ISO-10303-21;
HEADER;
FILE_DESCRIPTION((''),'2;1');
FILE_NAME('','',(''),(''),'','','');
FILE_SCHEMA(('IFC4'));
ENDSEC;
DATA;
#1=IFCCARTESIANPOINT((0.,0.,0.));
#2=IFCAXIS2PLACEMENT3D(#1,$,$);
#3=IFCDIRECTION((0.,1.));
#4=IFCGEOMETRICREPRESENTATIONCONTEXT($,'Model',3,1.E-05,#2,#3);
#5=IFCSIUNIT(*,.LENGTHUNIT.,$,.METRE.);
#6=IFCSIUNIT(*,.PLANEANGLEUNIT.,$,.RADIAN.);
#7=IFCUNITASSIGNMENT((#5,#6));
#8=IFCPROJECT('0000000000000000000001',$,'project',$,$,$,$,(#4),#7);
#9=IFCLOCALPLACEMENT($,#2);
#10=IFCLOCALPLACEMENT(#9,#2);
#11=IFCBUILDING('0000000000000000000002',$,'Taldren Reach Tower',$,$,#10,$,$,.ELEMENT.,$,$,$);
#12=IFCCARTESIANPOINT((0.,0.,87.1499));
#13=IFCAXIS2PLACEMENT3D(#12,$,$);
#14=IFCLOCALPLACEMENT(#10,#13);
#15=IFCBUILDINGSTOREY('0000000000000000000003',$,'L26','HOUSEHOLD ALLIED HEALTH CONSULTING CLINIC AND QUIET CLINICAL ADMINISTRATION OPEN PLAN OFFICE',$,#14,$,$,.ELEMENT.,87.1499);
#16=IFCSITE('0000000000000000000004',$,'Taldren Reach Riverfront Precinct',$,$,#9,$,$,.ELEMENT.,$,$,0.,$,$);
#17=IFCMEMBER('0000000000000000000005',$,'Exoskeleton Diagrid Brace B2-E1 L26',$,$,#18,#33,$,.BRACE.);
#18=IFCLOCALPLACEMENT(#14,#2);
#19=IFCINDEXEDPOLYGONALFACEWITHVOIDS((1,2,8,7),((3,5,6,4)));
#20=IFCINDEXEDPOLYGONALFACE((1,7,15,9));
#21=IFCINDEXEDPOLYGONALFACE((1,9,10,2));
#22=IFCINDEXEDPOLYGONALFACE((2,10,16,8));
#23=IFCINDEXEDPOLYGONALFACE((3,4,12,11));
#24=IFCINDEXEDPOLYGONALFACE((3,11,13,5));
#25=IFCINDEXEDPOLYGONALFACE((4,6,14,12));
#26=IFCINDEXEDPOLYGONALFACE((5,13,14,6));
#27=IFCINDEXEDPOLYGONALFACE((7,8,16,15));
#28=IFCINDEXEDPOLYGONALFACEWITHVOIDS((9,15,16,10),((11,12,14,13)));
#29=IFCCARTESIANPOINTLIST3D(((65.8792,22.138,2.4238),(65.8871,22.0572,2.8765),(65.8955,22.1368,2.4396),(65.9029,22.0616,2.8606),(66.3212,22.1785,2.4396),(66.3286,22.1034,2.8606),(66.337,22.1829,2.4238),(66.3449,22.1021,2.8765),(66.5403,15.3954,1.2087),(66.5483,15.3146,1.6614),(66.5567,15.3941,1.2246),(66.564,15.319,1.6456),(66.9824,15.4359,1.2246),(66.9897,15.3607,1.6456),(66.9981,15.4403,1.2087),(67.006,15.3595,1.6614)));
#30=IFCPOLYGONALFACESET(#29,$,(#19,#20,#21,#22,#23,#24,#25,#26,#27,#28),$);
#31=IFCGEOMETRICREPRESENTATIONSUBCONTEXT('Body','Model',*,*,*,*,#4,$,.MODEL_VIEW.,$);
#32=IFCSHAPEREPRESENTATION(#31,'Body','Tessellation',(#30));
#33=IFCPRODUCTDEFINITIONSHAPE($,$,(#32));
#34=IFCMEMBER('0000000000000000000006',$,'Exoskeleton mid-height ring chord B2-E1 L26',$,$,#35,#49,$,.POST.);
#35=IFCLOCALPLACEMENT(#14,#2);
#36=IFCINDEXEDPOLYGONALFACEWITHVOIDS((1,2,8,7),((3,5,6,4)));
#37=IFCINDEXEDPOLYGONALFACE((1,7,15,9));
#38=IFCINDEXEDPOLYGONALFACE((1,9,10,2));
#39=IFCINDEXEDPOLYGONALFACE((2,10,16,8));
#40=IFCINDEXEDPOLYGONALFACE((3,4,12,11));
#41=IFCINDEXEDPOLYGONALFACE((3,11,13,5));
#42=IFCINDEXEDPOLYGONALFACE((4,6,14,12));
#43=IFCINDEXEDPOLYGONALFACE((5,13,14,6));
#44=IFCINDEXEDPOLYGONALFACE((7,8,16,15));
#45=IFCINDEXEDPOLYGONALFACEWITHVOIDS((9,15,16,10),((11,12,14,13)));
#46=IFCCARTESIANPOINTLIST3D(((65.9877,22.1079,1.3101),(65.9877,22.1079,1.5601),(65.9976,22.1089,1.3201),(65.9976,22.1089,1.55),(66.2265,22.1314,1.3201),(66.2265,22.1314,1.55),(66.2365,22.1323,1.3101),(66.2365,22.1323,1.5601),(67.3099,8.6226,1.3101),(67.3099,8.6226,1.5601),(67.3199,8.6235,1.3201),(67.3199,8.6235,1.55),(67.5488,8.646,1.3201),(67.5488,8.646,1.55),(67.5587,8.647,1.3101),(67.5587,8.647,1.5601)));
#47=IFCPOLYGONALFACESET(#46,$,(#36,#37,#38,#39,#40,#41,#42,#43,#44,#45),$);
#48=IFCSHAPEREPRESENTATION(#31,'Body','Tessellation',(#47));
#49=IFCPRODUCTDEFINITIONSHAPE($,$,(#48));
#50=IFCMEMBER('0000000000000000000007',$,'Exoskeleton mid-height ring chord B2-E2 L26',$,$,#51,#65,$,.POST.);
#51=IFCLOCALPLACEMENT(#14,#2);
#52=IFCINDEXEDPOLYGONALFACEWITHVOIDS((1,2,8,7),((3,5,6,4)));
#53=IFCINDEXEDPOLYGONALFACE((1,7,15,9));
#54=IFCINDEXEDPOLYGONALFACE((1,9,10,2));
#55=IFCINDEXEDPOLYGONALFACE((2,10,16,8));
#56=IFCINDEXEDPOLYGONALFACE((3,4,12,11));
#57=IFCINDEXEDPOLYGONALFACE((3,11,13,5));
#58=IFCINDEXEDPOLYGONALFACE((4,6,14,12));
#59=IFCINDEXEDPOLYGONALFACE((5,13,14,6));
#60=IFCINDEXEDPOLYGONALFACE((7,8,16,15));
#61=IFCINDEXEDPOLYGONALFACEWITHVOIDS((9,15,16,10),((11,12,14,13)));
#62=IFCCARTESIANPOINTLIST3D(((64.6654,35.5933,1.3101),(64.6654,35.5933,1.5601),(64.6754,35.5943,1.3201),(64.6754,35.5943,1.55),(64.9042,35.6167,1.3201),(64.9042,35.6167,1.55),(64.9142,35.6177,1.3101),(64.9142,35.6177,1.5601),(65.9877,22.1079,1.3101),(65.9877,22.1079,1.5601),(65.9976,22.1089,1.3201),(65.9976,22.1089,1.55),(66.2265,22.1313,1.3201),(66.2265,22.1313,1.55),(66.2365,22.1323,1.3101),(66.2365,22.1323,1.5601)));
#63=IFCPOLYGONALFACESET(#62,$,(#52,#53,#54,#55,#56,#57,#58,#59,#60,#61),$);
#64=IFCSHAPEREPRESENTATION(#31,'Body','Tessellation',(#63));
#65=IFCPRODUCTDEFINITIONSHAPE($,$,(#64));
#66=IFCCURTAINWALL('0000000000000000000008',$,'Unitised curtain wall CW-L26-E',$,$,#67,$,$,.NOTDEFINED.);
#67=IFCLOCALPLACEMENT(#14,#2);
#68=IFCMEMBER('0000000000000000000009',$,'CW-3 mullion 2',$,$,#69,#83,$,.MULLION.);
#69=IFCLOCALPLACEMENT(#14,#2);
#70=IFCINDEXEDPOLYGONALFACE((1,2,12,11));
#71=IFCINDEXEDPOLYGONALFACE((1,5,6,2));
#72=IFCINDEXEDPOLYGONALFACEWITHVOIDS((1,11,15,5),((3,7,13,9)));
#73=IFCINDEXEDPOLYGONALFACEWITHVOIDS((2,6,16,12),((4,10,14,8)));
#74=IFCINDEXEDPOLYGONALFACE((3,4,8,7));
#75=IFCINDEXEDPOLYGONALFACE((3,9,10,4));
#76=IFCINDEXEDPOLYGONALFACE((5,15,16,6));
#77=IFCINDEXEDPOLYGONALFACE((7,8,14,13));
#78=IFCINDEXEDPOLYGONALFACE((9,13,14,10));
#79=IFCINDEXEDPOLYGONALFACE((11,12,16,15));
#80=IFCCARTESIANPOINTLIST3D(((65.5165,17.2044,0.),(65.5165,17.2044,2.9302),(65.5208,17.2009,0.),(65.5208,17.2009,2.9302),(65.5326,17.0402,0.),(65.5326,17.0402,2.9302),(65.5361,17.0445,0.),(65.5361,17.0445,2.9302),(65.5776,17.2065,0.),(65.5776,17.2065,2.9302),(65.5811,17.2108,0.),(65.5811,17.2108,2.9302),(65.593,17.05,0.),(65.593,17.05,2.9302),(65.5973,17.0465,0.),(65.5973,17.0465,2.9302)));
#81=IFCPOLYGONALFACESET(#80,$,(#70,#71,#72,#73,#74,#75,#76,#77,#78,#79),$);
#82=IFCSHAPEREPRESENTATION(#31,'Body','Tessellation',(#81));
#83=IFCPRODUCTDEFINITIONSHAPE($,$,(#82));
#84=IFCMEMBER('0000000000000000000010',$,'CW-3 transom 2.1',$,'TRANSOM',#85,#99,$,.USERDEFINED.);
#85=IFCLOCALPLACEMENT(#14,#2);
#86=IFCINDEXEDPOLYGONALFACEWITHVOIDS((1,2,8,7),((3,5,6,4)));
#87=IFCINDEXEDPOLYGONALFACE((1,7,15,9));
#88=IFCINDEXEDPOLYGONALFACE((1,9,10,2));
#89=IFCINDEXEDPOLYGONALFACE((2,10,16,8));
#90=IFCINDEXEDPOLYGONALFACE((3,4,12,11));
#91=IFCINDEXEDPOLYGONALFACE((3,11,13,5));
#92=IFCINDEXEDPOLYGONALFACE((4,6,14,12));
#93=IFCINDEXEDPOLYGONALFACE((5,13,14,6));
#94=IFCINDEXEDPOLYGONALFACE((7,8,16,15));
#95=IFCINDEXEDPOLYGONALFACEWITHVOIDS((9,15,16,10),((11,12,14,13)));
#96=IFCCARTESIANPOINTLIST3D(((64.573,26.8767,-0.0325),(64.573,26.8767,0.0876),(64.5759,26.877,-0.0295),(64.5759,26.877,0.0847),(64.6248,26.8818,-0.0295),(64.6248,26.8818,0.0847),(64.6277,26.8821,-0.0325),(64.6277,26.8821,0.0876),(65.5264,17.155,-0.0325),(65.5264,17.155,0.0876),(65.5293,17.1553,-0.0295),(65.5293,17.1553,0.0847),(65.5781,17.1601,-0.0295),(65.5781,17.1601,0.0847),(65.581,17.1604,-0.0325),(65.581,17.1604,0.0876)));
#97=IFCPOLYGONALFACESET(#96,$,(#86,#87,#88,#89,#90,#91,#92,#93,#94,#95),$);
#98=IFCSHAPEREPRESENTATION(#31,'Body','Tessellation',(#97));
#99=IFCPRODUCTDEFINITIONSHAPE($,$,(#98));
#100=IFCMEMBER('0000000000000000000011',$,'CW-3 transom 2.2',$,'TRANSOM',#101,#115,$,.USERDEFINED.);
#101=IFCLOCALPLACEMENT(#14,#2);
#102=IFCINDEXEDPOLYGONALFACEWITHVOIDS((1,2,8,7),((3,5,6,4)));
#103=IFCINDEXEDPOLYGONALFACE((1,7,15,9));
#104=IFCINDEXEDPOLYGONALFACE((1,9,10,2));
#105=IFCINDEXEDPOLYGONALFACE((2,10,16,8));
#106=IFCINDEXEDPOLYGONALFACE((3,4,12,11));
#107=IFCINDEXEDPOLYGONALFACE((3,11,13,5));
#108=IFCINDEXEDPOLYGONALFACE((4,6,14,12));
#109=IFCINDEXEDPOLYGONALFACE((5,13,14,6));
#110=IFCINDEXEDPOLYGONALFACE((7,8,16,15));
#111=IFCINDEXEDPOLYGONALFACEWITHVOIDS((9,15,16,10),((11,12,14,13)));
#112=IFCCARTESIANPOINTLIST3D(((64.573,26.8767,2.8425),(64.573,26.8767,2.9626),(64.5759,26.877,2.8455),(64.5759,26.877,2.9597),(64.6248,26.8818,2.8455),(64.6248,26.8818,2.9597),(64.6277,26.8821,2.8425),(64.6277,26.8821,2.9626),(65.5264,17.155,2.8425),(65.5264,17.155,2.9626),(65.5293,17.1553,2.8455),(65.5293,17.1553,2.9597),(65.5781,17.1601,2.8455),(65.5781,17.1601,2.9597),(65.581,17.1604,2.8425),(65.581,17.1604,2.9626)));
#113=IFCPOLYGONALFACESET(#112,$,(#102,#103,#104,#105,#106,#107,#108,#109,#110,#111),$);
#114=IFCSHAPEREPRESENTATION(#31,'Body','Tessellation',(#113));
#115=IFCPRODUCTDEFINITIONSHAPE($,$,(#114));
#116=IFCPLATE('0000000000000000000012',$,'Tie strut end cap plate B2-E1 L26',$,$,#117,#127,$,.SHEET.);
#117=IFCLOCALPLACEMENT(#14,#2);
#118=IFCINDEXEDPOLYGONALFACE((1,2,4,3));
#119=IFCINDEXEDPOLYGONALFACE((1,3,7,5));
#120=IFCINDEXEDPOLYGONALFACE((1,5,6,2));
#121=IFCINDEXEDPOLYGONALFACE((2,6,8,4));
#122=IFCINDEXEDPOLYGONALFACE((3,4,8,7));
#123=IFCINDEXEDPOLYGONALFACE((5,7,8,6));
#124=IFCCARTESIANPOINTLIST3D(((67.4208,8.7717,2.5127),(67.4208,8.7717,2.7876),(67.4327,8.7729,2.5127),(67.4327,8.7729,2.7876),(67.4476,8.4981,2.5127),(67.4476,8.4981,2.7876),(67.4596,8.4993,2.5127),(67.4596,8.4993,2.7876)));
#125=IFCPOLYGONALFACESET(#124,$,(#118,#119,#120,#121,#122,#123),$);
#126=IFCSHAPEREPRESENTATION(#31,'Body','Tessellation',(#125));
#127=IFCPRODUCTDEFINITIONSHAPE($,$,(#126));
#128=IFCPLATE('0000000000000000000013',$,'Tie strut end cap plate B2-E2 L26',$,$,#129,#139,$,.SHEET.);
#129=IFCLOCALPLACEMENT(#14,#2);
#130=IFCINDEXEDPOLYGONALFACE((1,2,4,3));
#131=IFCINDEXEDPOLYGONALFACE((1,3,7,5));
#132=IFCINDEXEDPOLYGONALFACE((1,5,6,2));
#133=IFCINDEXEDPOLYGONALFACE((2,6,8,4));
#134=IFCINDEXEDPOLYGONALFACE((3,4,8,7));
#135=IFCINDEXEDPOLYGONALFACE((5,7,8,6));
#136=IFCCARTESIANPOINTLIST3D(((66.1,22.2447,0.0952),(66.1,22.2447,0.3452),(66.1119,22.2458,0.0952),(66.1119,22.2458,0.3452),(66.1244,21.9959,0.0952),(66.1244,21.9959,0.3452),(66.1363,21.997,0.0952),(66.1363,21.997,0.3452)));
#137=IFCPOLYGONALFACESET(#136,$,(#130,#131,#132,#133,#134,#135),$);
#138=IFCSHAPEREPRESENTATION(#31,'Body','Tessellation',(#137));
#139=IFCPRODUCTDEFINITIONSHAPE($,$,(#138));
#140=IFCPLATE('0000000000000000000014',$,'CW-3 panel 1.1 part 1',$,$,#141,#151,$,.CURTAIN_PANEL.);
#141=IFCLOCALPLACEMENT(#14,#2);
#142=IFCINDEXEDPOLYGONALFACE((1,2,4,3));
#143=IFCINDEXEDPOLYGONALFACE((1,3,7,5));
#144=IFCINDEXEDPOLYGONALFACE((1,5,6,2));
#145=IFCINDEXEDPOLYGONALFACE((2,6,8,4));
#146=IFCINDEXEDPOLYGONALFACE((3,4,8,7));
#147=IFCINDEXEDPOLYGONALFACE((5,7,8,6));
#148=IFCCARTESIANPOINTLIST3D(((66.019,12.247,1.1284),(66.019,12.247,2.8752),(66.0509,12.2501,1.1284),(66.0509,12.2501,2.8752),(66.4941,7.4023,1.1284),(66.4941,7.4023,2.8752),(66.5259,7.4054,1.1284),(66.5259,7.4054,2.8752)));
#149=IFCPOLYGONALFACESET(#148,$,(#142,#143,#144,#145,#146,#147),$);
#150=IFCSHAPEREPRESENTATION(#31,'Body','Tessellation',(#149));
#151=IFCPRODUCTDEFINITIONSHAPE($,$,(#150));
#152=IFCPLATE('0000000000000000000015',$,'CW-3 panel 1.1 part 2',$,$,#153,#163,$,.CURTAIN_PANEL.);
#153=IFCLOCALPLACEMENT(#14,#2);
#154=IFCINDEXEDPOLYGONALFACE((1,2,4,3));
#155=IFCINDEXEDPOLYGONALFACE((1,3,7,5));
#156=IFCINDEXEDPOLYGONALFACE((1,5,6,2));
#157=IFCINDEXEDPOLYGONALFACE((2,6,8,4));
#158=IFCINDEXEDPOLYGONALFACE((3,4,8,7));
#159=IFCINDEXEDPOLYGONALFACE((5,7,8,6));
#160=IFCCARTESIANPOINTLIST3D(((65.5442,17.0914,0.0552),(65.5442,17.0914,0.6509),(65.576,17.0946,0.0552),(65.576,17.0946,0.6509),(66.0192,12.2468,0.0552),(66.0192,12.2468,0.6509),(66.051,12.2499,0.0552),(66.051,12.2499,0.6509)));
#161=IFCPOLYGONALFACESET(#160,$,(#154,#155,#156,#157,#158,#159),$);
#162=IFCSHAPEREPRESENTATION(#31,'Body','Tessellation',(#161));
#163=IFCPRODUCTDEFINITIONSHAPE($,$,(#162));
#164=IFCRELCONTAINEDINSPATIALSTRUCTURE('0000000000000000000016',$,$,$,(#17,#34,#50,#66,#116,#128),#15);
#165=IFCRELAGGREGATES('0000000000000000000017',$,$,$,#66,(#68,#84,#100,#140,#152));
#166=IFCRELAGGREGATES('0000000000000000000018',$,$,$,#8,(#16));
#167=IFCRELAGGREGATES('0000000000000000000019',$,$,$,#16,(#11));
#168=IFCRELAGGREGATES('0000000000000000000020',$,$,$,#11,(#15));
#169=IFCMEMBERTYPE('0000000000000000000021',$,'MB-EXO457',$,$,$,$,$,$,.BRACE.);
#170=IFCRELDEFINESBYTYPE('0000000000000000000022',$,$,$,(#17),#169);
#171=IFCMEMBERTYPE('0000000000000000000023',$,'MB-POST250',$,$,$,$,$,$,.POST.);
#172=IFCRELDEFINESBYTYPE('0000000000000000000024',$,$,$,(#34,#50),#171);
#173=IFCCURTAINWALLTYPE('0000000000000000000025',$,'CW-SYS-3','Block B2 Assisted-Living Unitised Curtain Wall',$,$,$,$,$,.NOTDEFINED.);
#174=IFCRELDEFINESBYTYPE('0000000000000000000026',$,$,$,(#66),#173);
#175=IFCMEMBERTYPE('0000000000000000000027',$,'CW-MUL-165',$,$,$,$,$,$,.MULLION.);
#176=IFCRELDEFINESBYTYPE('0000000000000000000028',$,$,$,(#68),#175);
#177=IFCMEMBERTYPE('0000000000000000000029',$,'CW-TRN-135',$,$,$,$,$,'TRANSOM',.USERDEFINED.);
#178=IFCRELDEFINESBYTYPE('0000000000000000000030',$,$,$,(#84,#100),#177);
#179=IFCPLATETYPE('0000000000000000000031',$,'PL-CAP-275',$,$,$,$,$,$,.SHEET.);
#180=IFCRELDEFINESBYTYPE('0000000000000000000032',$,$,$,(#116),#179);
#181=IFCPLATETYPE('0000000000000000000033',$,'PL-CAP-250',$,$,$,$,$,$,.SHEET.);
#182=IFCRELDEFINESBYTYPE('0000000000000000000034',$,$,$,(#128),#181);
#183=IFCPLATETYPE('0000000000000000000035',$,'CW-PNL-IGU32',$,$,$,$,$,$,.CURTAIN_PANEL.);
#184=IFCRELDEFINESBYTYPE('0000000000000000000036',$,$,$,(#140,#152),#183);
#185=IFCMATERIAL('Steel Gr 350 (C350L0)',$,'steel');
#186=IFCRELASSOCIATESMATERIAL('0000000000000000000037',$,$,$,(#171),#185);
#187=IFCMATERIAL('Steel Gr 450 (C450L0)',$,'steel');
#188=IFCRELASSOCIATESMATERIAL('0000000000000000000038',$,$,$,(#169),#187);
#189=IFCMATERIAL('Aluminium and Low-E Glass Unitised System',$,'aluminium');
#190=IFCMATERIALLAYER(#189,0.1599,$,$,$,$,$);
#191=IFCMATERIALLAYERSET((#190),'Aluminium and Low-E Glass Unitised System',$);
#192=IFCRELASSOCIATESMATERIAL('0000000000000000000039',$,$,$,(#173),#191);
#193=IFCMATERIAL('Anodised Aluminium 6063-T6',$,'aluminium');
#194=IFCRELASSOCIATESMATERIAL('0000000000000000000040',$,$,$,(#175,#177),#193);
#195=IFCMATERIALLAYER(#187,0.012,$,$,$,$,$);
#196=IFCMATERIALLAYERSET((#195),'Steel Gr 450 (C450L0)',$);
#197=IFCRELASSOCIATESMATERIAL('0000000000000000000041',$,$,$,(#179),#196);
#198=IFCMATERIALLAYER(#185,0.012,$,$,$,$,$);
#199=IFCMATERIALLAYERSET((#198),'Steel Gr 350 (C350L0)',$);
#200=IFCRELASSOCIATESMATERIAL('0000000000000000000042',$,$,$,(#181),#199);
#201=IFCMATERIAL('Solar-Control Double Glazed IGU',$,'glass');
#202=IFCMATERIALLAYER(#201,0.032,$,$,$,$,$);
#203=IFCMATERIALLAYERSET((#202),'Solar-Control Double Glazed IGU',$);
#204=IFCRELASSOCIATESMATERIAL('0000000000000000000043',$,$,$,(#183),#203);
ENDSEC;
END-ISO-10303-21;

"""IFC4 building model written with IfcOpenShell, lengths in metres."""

from ifc_helpers import new_model, si_unit, direction, frame, origin, origin_2d, place, context, subcontext, project, spatial, rectangle, hollow_rectangle, extrude, source, transform, mapped, material, layer, layer_set, material_profile, profile_set, type_object, element, aggregate, save


model = new_model("IFC4")

# Units and contexts
model_context = context("Model", 3, precision=1e-05, world=origin(), true_north=direction((0.0, 1.0)))
body_context = subcontext(model_context, "Body", "Model", "MODEL_VIEW")
ifc_project = project(units=[si_unit("LENGTHUNIT", "METRE"), si_unit("PLANEANGLEUNIT", "RADIAN")], contexts=[model_context])

# Site, building, storey
site_placement = place(None, origin())
site = spatial("IfcSite", under=ifc_project, at=site_placement, Name="Taldren Reach Riverfront Precinct", CompositionType="ELEMENT", RefElevation=0.0)
building_placement = place(site_placement, origin())
building = spatial("IfcBuilding", under=site, at=building_placement, Name="Taldren Reach Tower", CompositionType="ELEMENT")
storey_placement = place(building_placement, frame((0.0, 0.0, 87.1499)))
storey = spatial("IfcBuildingStorey", under=building, at=storey_placement, Name="L26", Description="HOUSEHOLD ALLIED HEALTH CONSULTING CLINIC AND QUIET CLINICAL ADMINISTRATION OPEN PLAN OFFICE", CompositionType="ELEMENT", Elevation=87.1499)

# Shared definitions
ifc_material_1 = material(Name="Steel Gr 450 (C450L0)", Category="steel")
ifc_material_2 = material(Name="Steel Gr 350 (C350L0)", Category="steel")
ifc_material_profile_1 = material_profile(ifc_material_2, hollow_rectangle(XDim=0.25, YDim=0.25, WallThickness=0.01, at=origin_2d()), Name="250x250x10.0SHS")
ifc_profile_set_1 = profile_set([ifc_material_profile_1], Name="Steel Gr 350 (C350L0)")
member_type_1 = type_object("IfcMemberType", Name="MB-POST250", PredefinedType="POST", material=ifc_profile_set_1)

# Members
ifc_material_profile_2 = material_profile(ifc_material_1, hollow_rectangle(XDim=0.46, YDim=0.46, WallThickness=0.0161, at=origin_2d()), Name="460x460x16.0SHS")
ifc_profile_set_2 = profile_set([ifc_material_profile_2], Name="Steel Gr 450 (C450L0)")
member_type_2 = type_object("IfcMemberType", Name="MB-EXO457", PredefinedType="BRACE", material=ifc_profile_set_2)
shared_shape_1 = source(origin(), body_context, "Body", "SweptSolid", [
    extrude(hollow_rectangle(XDim=0.46, YDim=0.46, WallThickness=0.0161, at=origin_2d()), origin(), (0.0, 0.0, 1.0), 6.8831),
])
for number, where, z_axis, x_axis, name in (
    (1, (66.7732, 15.3774, 1.4351), (-0.096051, 0.979597, 0.176532), (-0.995227, -0.097584, 0.0), "Exoskeleton Diagrid Brace B2-E1 L26"),
):
    element("IfcMember", number, at=place(storey_placement, frame(where, z_axis=z_axis, x_axis=x_axis)), inside=storey, type_object=member_type_2, Name=name, PredefinedType="BRACE", context=body_context, shape_type="MappedRepresentation", body=[
        mapped(shared_shape_1, transform((0.0, 0.0, 0.0), scale=1.0)),
    ])
shared_shape_2 = source(origin(), body_context, "Body", "SweptSolid", [
    extrude(hollow_rectangle(XDim=0.25, YDim=0.25, WallThickness=0.01, at=origin_2d()), origin(), (0.0, 0.0, 1.0), 13.55),
])
for number, where, z_axis, x_axis, name in (
    (2, (67.4343, 8.6348, 1.4351), (-0.097584, 0.995227, 0.0), (-0.995227, -0.097584, 0.0), "Exoskeleton mid-height ring chord B2-E1 L26"),
    (3, (66.1121, 22.1201, 1.4351), (-0.097584, 0.995227, 0.0), (-0.995227, -0.097584, 0.0), "Exoskeleton mid-height ring chord B2-E2 L26"),
):
    element("IfcMember", number, at=place(storey_placement, frame(where, z_axis=z_axis, x_axis=x_axis)), inside=storey, type_object=member_type_1, Name=name, PredefinedType="POST", context=body_context, shape_type="MappedRepresentation", body=[
        mapped(shared_shape_2, transform((0.0, 0.0, 0.0), scale=1.0)),
    ])

# Curtain wall, members
ifc_material_3 = material(Name="Aluminium and Low-E Glass Unitised System", Category="aluminium")
ifc_layer_1 = layer(ifc_material_3, 0.1599)
ifc_layer_set_1 = layer_set([ifc_layer_1], Name="Aluminium and Low-E Glass Unitised System")
curtain_wall_type = type_object("IfcCurtainWallType", Name="CW-SYS-3", Description="Block B2 Assisted-Living Unitised Curtain Wall", PredefinedType="NOTDEFINED", material=ifc_layer_set_1)
curtain_wall_placement = place(storey_placement, origin())
curtain_wall = element("IfcCurtainWall", 4, at=curtain_wall_placement, inside=storey, type_object=curtain_wall_type, Name="Unitised curtain wall CW-L26-E", PredefinedType="NOTDEFINED")
ifc_material_4 = material(Name="Anodised Aluminium 6063-T6", Category="aluminium")
ifc_material_profile_3 = material_profile(ifc_material_4, hollow_rectangle(XDim=0.0649, YDim=0.165, WallThickness=0.0039, at=origin_2d()), Name="ALU-165x65x4RHS")
ifc_profile_set_3 = profile_set([ifc_material_profile_3], Name="Anodised Aluminium 6063-T6")
member_type_3 = type_object("IfcMemberType", Name="CW-MUL-165", PredefinedType="MULLION", material=ifc_profile_set_3)
shared_shape_3 = source(origin(), body_context, "Body", "SweptSolid", [
    extrude(hollow_rectangle(XDim=0.0649, YDim=0.165, WallThickness=0.0039, at=origin_2d()), origin(), (0.0, 0.0, 1.0), 2.9302),
])
member_1_placement = place(storey_placement, frame((65.5569, 17.1255, 0.0), z_axis=(0.0, 0.0, 1.0), x_axis=(-0.995227, -0.097583, 0.0)))
member_1 = element("IfcMember", 5, at=member_1_placement, type_object=member_type_3, Name="CW-3 mullion 2", PredefinedType="MULLION", context=body_context, shape_type="MappedRepresentation", body=[
    mapped(shared_shape_3, transform((0.0, 0.0, 0.0), scale=1.0)),
])
ifc_material_profile_4 = material_profile(ifc_material_4, hollow_rectangle(XDim=0.0549, YDim=0.1201, WallThickness=0.0029, at=origin_2d()), Name="ALU-120x55x3RHS")
ifc_profile_set_4 = profile_set([ifc_material_profile_4], Name="Anodised Aluminium 6063-T6")
member_type_4 = type_object("IfcMemberType", Name="CW-TRN-135", ElementType="TRANSOM", PredefinedType="USERDEFINED", material=ifc_profile_set_4)
shared_shape_4 = source(origin(), body_context, "Body", "SweptSolid", [
    extrude(hollow_rectangle(XDim=0.0549, YDim=0.1201, WallThickness=0.0029, at=origin_2d()), origin(), (0.0, 0.0, 1.0), 9.7683),
])
member_2_placement = place(storey_placement, frame((65.5537, 17.1577, 0.0276), z_axis=(-0.097598, 0.995226, 0.0), x_axis=(-0.995226, -0.097598, 0.0)))
member_2 = element("IfcMember", 6, at=member_2_placement, type_object=member_type_4, Name="CW-3 transom 2.1", ObjectType="TRANSOM", PredefinedType="USERDEFINED", context=body_context, shape_type="MappedRepresentation", body=[
    mapped(shared_shape_4, transform((0.0, 0.0, 0.0), scale=1.0)),
])
member_3_placement = place(storey_placement, frame((65.5537, 17.1577, 2.9026), z_axis=(-0.097598, 0.995226, 0.0), x_axis=(-0.995226, -0.097598, 0.0)))
member_3 = element("IfcMember", 7, at=member_3_placement, type_object=member_type_4, Name="CW-3 transom 2.2", ObjectType="TRANSOM", PredefinedType="USERDEFINED", context=body_context, shape_type="MappedRepresentation", body=[
    mapped(shared_shape_4, transform((0.0, 0.0, 0.0), scale=1.0)),
])

# Plates
ifc_layer_2 = layer(ifc_material_1, 0.012)
ifc_layer_set_2 = layer_set([ifc_layer_2], Name="Steel Gr 450 (C450L0)")
plate_type_1 = type_object("IfcPlateType", Name="PL-CAP-275", PredefinedType="SHEET", material=ifc_layer_set_2)
shared_shape_5 = source(origin(), body_context, "Body", "SweptSolid", [
    extrude(rectangle(XDim=0.012, YDim=0.2749, at=origin_2d()), origin(), (0.0, 0.0, 1.0), 0.2749),
])
plate_1_placement = place(storey_placement, frame((67.4402, 8.6355, 2.5127), z_axis=(0.0, 0.0, 1.0), x_axis=(0.995227, 0.097583, 0.0)))
element("IfcPlate", 8, at=plate_1_placement, inside=storey, type_object=plate_type_1, Name="Tie strut end cap plate B2-E1 L26", PredefinedType="SHEET", context=body_context, shape_type="MappedRepresentation", body=[
    mapped(shared_shape_5, transform((0.0, 0.0, 0.0), scale=1.0)),
])
ifc_layer_3 = layer(ifc_material_2, 0.012)
ifc_layer_set_3 = layer_set([ifc_layer_3], Name="Steel Gr 350 (C350L0)")
plate_type_2 = type_object("IfcPlateType", Name="PL-CAP-250", PredefinedType="SHEET", material=ifc_layer_set_3)
shared_shape_6 = source(origin(), body_context, "Body", "SweptSolid", [
    extrude(rectangle(XDim=0.012, YDim=0.25, at=origin_2d()), origin(), (0.0, 0.0, 1.0), 0.25),
])
plate_2_placement = place(storey_placement, frame((66.1182, 22.1208, 0.0952), z_axis=(0.0, 0.0, 1.0), x_axis=(0.995227, 0.097583, 0.0)))
element("IfcPlate", 9, at=plate_2_placement, inside=storey, type_object=plate_type_2, Name="Tie strut end cap plate B2-E2 L26", PredefinedType="SHEET", context=body_context, shape_type="MappedRepresentation", body=[
    mapped(shared_shape_6, transform((0.0, 0.0, 0.0), scale=1.0)),
])

# Plates
ifc_material_5 = material(Name="Solar-Control Double Glazed IGU", Category="glass")
ifc_layer_4 = layer(ifc_material_5, 0.032)
ifc_layer_set_4 = layer_set([ifc_layer_4], Name="Solar-Control Double Glazed IGU")
plate_type_3 = type_object("IfcPlateType", Name="CW-PNL-IGU32", PredefinedType="CURTAIN_PANEL", material=ifc_layer_set_4)
shared_shape_7 = source(origin(), body_context, "Body", "SweptSolid", [
    extrude(rectangle(XDim=4.8679, YDim=0.032, at=origin_2d()), origin(), (0.0, 0.0, 1.0), 1.7468),
])
plate_3_placement = place(storey_placement, frame((66.2725, 9.8262, 1.1284), z_axis=(0.0, 0.0, 1.0), x_axis=(-0.097583, 0.995227, 0.0)))
plate_3 = element("IfcPlate", 10, at=plate_3_placement, type_object=plate_type_3, Name="CW-3 panel 1.1 part 1", PredefinedType="CURTAIN_PANEL", context=body_context, shape_type="MappedRepresentation", body=[
    mapped(shared_shape_7, transform((0.0, 0.0, 0.0), scale=1.0)),
])
shared_shape_8 = source(origin(), body_context, "Body", "SweptSolid", [
    extrude(rectangle(XDim=4.8679, YDim=0.032, at=origin_2d()), origin(), (0.0, 0.0, 1.0), 0.5957),
])
plate_4_placement = place(storey_placement, frame((65.7976, 14.6707, 0.0552), z_axis=(0.0, 0.0, 1.0), x_axis=(-0.097583, 0.995227, 0.0)))
plate_4 = element("IfcPlate", 11, at=plate_4_placement, type_object=plate_type_3, Name="CW-3 panel 1.1 part 2", PredefinedType="CURTAIN_PANEL", context=body_context, shape_type="MappedRepresentation", body=[
    mapped(shared_shape_8, transform((0.0, 0.0, 0.0), scale=1.0)),
])
aggregate(curtain_wall, [member_1, member_2, member_3, plate_3, plate_4])

save(model, "model.ifc")
